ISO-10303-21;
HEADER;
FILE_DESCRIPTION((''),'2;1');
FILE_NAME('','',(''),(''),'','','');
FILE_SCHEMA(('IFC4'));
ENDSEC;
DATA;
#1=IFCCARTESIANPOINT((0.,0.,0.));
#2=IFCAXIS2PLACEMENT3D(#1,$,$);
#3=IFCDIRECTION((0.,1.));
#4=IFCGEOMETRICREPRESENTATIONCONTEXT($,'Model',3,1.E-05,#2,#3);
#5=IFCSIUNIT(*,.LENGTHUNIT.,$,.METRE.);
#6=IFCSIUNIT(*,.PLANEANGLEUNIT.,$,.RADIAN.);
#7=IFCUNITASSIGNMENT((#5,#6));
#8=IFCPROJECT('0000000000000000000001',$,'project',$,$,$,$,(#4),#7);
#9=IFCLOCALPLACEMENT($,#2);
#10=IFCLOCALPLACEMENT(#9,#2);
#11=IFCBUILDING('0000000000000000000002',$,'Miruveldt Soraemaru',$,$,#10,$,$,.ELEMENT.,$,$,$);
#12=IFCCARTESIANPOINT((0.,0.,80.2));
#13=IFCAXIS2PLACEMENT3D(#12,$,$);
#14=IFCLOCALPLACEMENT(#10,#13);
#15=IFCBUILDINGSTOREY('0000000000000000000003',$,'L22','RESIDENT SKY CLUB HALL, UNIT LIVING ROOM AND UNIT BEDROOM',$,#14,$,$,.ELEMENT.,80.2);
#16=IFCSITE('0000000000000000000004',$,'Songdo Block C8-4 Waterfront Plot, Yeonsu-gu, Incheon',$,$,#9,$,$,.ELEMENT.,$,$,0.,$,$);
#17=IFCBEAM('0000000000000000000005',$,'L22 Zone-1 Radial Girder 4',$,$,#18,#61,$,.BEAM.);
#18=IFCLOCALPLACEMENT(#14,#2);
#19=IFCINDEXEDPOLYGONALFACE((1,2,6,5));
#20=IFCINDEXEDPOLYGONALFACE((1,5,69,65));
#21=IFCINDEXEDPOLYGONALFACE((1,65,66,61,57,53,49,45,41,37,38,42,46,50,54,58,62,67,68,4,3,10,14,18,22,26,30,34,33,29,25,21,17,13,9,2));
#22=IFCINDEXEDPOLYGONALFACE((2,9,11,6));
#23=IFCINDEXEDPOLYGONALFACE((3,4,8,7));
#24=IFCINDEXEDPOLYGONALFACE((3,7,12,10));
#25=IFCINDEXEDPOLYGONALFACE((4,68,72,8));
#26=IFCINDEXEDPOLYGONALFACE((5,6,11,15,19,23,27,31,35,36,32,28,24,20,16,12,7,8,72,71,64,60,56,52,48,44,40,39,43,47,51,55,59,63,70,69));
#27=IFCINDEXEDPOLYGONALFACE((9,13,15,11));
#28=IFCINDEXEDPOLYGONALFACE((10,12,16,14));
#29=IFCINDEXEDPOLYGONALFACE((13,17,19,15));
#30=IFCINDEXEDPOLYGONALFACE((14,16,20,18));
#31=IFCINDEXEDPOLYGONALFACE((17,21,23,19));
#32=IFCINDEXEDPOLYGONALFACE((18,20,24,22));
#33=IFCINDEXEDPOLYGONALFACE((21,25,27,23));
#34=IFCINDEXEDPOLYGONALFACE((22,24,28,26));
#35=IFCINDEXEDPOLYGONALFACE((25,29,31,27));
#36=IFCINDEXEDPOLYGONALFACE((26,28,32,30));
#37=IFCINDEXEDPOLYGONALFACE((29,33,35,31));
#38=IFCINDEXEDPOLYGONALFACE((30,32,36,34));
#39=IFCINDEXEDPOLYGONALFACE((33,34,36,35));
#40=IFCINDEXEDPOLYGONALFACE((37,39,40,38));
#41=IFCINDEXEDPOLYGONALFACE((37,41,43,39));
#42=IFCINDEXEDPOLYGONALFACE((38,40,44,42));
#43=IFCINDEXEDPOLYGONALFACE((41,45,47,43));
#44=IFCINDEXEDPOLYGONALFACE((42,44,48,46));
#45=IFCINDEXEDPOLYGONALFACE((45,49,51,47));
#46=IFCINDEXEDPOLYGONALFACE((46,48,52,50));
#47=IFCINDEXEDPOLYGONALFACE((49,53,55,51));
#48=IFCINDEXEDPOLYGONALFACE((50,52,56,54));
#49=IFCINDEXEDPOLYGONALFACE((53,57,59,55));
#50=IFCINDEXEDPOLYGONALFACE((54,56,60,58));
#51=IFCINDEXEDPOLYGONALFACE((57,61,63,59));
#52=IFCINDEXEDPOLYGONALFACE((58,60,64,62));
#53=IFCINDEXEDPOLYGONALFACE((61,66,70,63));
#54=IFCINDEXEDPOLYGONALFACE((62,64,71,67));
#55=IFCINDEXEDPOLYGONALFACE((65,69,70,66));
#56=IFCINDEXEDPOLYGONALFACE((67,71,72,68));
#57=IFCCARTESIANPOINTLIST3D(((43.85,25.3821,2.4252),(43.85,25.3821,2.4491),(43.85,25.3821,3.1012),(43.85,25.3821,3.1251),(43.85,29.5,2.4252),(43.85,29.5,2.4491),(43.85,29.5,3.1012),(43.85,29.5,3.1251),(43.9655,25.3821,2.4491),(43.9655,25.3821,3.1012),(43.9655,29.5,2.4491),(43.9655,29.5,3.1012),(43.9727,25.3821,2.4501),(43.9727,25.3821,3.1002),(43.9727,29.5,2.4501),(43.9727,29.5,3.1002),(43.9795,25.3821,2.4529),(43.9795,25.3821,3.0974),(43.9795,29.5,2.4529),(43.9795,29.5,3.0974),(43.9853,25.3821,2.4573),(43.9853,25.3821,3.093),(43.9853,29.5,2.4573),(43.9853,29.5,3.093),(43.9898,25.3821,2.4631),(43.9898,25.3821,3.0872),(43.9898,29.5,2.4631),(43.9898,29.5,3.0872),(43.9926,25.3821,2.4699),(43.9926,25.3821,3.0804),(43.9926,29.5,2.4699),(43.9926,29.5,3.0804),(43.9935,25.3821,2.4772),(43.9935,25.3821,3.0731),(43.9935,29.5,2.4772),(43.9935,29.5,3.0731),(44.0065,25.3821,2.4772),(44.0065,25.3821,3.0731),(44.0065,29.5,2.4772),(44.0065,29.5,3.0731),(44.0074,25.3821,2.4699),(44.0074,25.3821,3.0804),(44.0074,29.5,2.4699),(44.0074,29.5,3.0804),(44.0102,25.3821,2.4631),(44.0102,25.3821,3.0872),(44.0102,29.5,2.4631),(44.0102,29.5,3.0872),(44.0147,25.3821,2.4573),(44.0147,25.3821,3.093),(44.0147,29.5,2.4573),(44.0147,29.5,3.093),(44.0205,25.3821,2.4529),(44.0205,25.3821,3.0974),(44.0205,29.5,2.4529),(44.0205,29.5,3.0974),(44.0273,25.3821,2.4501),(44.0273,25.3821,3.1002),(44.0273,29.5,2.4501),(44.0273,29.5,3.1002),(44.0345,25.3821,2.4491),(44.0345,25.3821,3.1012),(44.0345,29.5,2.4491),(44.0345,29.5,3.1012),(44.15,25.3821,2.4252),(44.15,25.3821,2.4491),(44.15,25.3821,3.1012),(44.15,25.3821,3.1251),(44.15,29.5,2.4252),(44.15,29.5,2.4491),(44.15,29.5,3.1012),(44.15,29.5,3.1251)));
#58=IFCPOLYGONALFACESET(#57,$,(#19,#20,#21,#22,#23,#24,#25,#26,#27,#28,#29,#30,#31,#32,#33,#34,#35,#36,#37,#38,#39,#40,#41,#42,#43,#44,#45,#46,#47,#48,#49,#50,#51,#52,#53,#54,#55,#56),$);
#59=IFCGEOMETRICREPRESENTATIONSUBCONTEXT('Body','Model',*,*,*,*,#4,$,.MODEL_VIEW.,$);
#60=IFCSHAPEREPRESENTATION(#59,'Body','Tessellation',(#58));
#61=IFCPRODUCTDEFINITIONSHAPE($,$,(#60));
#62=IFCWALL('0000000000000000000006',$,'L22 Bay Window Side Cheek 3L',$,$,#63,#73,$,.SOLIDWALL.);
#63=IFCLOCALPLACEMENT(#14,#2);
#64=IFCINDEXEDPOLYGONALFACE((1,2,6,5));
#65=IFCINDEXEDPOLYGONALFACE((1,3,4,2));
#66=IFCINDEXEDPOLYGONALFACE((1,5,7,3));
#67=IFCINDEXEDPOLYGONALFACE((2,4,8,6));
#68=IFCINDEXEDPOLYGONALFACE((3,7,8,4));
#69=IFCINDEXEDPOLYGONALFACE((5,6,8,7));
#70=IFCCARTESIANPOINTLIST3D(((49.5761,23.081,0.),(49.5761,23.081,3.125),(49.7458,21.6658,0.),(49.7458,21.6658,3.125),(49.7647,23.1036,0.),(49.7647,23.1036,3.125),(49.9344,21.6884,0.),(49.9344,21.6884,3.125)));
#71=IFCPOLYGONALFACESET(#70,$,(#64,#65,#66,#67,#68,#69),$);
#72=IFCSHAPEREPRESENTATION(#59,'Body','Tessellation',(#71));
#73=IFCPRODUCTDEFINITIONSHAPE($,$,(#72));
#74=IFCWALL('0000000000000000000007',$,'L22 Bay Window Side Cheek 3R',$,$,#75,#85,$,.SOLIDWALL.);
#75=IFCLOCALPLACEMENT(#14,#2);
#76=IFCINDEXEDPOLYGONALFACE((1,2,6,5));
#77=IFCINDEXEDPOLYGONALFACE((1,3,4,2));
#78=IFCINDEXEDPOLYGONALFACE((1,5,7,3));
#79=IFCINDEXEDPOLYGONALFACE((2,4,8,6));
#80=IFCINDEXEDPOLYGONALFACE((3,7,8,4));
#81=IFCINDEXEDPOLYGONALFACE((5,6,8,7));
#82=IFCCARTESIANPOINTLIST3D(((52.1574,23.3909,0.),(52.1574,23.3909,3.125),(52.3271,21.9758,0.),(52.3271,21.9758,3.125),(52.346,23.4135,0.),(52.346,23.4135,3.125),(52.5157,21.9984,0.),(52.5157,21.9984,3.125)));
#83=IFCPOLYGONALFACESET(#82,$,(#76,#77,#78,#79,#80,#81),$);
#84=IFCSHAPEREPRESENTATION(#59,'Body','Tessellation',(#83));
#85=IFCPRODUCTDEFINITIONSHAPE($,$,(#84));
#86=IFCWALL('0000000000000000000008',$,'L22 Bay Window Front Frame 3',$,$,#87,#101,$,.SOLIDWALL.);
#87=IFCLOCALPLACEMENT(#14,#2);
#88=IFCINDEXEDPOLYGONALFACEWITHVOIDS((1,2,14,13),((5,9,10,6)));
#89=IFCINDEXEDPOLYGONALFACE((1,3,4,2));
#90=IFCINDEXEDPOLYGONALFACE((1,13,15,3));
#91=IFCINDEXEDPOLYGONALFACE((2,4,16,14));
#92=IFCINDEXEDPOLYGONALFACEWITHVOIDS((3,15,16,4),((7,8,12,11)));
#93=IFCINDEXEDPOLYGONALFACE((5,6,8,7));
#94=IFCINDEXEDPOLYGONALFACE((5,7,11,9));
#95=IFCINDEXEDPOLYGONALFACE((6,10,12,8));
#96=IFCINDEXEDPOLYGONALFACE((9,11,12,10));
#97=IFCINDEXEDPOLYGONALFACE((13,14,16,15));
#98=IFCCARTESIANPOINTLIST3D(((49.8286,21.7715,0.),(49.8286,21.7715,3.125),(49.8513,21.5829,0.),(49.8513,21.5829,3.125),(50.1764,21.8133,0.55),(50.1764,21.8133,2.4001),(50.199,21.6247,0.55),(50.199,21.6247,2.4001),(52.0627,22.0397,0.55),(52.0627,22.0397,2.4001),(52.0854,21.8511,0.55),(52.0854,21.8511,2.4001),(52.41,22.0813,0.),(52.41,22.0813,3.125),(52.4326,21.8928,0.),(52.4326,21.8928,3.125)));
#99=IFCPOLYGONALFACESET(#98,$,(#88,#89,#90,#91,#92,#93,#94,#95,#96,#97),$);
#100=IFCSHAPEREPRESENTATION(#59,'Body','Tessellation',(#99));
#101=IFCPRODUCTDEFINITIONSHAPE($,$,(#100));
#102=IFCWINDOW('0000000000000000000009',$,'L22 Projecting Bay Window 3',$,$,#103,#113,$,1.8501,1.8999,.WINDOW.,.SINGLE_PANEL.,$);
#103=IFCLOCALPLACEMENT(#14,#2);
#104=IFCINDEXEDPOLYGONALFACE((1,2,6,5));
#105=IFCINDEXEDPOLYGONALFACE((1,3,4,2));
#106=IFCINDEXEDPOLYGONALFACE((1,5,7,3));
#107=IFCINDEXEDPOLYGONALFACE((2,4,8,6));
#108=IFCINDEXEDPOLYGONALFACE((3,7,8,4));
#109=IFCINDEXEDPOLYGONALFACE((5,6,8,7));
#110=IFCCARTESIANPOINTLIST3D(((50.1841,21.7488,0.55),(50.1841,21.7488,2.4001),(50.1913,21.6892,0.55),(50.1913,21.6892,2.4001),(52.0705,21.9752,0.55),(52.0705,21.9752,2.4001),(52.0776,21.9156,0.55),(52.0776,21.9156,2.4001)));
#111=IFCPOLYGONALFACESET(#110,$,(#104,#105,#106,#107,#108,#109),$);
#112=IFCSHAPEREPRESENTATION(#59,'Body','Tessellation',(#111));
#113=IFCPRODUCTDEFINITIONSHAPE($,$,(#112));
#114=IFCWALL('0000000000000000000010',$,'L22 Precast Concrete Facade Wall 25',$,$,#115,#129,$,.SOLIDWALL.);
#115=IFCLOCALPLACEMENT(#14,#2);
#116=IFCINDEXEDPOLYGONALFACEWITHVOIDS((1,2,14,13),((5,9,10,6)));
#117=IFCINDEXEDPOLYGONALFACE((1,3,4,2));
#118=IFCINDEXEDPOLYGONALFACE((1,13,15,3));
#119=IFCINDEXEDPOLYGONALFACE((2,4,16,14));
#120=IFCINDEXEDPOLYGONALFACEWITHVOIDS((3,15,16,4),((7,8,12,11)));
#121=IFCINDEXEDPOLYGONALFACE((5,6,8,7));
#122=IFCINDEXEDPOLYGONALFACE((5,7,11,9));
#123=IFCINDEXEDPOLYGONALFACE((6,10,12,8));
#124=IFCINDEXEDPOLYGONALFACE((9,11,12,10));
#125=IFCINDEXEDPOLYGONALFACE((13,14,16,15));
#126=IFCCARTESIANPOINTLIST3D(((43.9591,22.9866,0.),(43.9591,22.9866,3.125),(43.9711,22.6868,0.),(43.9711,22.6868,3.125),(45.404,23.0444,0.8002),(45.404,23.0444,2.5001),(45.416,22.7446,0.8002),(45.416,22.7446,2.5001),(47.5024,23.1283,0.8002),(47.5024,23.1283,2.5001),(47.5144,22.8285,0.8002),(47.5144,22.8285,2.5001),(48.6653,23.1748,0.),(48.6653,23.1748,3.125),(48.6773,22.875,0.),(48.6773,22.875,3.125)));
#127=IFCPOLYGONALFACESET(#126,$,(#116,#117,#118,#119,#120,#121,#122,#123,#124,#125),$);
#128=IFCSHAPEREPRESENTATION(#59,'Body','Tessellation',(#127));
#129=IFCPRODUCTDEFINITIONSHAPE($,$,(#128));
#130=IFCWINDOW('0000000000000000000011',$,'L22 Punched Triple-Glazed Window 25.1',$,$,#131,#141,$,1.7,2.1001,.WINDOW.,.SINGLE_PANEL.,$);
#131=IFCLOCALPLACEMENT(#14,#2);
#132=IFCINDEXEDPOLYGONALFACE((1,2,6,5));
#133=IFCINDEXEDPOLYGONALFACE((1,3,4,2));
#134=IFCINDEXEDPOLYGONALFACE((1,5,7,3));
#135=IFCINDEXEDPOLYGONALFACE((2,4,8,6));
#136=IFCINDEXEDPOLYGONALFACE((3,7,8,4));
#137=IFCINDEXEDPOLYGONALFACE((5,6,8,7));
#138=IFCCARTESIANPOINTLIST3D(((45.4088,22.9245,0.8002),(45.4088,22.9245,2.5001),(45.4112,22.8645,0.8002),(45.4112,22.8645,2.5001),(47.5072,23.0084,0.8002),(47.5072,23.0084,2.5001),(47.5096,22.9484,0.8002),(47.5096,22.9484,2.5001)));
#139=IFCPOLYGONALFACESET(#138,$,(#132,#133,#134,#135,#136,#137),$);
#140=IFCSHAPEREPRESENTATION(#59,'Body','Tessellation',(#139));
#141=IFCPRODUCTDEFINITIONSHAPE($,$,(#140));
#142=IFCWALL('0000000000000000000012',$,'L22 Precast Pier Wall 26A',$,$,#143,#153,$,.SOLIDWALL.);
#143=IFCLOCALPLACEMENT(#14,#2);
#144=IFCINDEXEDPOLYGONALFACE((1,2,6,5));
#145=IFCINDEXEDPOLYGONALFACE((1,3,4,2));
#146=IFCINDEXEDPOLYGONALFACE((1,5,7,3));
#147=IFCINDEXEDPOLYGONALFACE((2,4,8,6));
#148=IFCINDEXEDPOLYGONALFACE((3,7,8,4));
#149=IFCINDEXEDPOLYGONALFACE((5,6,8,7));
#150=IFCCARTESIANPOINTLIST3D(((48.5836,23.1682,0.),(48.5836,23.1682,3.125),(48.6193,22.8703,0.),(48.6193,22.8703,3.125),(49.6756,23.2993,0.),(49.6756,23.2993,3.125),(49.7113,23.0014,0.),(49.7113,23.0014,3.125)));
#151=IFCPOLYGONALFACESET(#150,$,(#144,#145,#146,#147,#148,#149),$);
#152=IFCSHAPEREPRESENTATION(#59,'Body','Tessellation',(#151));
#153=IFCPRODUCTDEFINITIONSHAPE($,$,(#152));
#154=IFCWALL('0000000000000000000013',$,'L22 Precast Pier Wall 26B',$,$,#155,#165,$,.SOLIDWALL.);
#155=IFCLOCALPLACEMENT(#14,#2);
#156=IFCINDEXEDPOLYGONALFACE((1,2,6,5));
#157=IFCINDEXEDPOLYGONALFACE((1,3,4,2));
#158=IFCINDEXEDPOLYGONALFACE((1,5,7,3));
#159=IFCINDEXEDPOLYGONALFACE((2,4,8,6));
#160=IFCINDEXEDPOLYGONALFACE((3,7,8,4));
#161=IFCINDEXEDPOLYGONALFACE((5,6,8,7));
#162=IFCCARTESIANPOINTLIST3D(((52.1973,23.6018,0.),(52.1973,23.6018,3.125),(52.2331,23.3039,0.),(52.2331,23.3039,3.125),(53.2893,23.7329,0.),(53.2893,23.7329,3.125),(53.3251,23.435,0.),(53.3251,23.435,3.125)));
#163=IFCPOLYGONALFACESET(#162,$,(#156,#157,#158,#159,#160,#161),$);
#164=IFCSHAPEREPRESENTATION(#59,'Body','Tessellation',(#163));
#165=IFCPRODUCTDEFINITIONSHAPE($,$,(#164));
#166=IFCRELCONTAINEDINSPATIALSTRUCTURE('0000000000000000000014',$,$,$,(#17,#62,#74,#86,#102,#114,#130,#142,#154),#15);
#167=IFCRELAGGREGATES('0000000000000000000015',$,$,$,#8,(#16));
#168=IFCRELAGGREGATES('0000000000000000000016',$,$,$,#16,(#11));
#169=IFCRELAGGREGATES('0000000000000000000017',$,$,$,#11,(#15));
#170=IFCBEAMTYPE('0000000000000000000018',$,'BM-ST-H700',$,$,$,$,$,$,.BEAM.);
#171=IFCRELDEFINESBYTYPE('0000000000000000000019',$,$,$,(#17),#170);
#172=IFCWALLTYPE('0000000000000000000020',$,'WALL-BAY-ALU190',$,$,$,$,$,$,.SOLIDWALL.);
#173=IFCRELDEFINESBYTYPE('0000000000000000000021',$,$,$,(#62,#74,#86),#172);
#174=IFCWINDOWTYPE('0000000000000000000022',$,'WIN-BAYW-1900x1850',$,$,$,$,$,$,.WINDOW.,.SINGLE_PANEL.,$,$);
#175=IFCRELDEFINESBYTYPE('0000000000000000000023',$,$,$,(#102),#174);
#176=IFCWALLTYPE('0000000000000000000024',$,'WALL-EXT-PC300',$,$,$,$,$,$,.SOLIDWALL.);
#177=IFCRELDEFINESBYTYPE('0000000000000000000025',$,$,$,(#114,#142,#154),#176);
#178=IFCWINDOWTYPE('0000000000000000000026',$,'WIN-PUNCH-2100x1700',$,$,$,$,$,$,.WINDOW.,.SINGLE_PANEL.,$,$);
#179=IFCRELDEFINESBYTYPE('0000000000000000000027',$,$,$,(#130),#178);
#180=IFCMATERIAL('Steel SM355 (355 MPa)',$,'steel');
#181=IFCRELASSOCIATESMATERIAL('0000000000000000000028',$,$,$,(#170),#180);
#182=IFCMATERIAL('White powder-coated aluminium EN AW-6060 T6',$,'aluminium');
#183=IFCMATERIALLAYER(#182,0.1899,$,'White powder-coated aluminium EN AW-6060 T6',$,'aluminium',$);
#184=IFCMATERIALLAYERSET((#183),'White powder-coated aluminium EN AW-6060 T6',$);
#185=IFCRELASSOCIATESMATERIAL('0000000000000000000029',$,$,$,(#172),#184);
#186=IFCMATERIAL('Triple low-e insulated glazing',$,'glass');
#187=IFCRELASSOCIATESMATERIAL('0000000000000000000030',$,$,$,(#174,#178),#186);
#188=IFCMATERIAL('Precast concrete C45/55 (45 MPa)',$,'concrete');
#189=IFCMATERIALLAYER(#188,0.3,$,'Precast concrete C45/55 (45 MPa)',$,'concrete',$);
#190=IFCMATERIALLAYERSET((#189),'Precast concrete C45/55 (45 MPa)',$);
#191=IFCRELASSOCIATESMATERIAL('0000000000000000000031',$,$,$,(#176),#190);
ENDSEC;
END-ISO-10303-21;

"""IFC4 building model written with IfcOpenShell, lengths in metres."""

from ifc_helpers import new_model, si_unit, direction, frame, frame_2d, origin, origin_2d, place, context, subcontext, project, spatial, rectangle, i_section, extrude, material, layer, layer_set, material_profile, profile_set, type_object, element, fill, save


model = new_model("IFC4")

# Units and contexts
model_context = context("Model", 3, precision=1e-05, world=origin(), true_north=direction((0.0, 1.0)))
body_context = subcontext(model_context, "Body", "Model", "MODEL_VIEW")
ifc_project = project(units=[si_unit("LENGTHUNIT", "METRE"), si_unit("PLANEANGLEUNIT", "RADIAN")], contexts=[model_context])

# Site, building, storey
site_placement = place(None, origin())
site = spatial("IfcSite", under=ifc_project, at=site_placement, Name="Songdo Block C8-4 Waterfront Plot, Yeonsu-gu, Incheon", CompositionType="ELEMENT", RefElevation=0.0)
building_placement = place(site_placement, origin())
building = spatial("IfcBuilding", under=site, at=building_placement, Name="Miruveldt Soraemaru", CompositionType="ELEMENT")
storey_placement = place(building_placement, frame((0.0, 0.0, 80.2)))
storey = spatial("IfcBuildingStorey", under=building, at=storey_placement, Name="L22", Description="RESIDENT SKY CLUB HALL, UNIT LIVING ROOM AND UNIT BEDROOM", CompositionType="ELEMENT", Elevation=80.2)

# Beam
ifc_material_1 = material(Name="Steel SM355 (355 MPa)", Category="steel")
ifc_material_profile_1 = material_profile(ifc_material_1, i_section(OverallWidth=0.3, OverallDepth=0.7, WebThickness=0.0129, FlangeThickness=0.0239, FilletRadius=0.0281, at=origin_2d()), Name="Steel SM355 (355 MPa)", Category="steel")
ifc_profile_set_1 = profile_set([ifc_material_profile_1], Name="Steel SM355 (355 MPa)")
beam_type_1 = type_object("IfcBeamType", Name="BM-ST-H700", PredefinedType="BEAM", material=ifc_profile_set_1)
beam_1_placement = place(storey_placement, frame((44.0, 29.5, 2.7751), z_axis=(0.0, -1.0, 0.0), x_axis=(1.0, 0.0, 0.0)))
element("IfcBeam", 1, at=beam_1_placement, inside=storey, type_object=beam_type_1, Name="L22 Zone-1 Radial Girder 4", PredefinedType="BEAM", context=body_context, shape_type="SweptSolid", body=[
    extrude(i_section(OverallWidth=0.3, OverallDepth=0.7, WebThickness=0.0129, FlangeThickness=0.0239, FilletRadius=0.0281, at=origin_2d()), origin(), (0.0, 0.0, 1.0), 4.1179),
])

# Walls
ifc_material_2 = material(Name="White powder-coated aluminium EN AW-6060 T6", Category="aluminium")
ifc_layer_1 = layer(ifc_material_2, 0.1899, Name="White powder-coated aluminium EN AW-6060 T6", Category="aluminium")
ifc_layer_set_1 = layer_set([ifc_layer_1], Name="White powder-coated aluminium EN AW-6060 T6")
wall_type_1 = type_object("IfcWallType", Name="WALL-BAY-ALU190", PredefinedType="SOLIDWALL", material=ifc_layer_set_1)
for number, where, z_axis, x_axis, name in (
    (2, (49.6704, 23.0923, 0.0), (0.0, 0.0, 1.0), (0.119057, -0.992887, 0.0), "L22 Bay Window Side Cheek 3L"),
    (3, (52.4214, 21.9871, 0.0), (0.0, 0.0, 1.0), (-0.119057, 0.992887, 0.0), "L22 Bay Window Side Cheek 3R"),
):
    element("IfcWall", number, at=place(storey_placement, frame(where, z_axis=z_axis, x_axis=x_axis)), inside=storey, type_object=wall_type_1, Name=name, PredefinedType="SOLIDWALL", context=body_context, shape_type="SweptSolid", body=[
        extrude(rectangle(XDim=1.4253, YDim=0.1899, at=frame_2d((0.7126, 0.0))), origin(), (0.0, 0.0, 1.0), 3.125),
    ])

# Walls, openings, windows
wall_1_placement = place(storey_placement, frame((49.8401, 21.6772, 0.0), z_axis=(0.0, 0.0, 1.0), x_axis=(0.992874, 0.119167, 0.0)))
wall_1 = element("IfcWall", 4, at=wall_1_placement, inside=storey, type_object=wall_type_1, Name="L22 Bay Window Front Frame 3", PredefinedType="SOLIDWALL", context=body_context, shape_type="SweptSolid", body=[
    extrude(rectangle(XDim=2.5999, YDim=0.1899, at=frame_2d((1.2998, 0.0))), origin(), (0.0, 0.0, 1.0), 3.125),
])
opening_1_placement = place(wall_1_placement, frame((0.3501, 0.0, 0.55)))
opening_1 = element("IfcOpeningElement", 5, at=opening_1_placement, cuts=wall_1, PredefinedType="OPENING", context=body_context, shape_type="SweptSolid", body=[
    extrude(rectangle(XDim=1.8999, YDim=1.8501, at=frame_2d((0.95, 0.925))), frame((0.0, 0.105, 0.0), z_axis=(0.0, -1.0, 0.0), x_axis=(1.0, 0.0, 0.0)), (0.0, 0.0, 1.0), 0.21),
])
ifc_material_3 = material(Name="Triple low-e insulated glazing", Category="glass")
window_type_1 = type_object("IfcWindowType", Name="WIN-BAYW-1900x1850", PartitioningType="SINGLE_PANEL", PredefinedType="WINDOW", material=ifc_material_3)
window_1_placement = place(opening_1_placement, origin())
window_1 = element("IfcWindow", 6, at=window_1_placement, inside=storey, type_object=window_type_1, Name="L22 Projecting Bay Window 3", OverallHeight=1.8501, OverallWidth=1.8999, PartitioningType="SINGLE_PANEL", PredefinedType="WINDOW", context=body_context, shape_type="SweptSolid", body=[
    extrude(rectangle(XDim=1.8999, YDim=1.8501, at=frame_2d((0.95, 0.925))), frame((0.0, 0.03, 0.0), z_axis=(0.0, -1.0, 0.0), x_axis=(1.0, 0.0, 0.0)), (0.0, 0.0, 1.0), 0.0601),
])
fill(opening_1, window_1)
ifc_material_4 = material(Name="Precast concrete C45/55 (45 MPa)", Category="concrete")
ifc_layer_2 = layer(ifc_material_4, 0.3, Name="Precast concrete C45/55 (45 MPa)", Category="concrete")
ifc_layer_set_2 = layer_set([ifc_layer_2], Name="Precast concrete C45/55 (45 MPa)")
wall_type_2 = type_object("IfcWallType", Name="WALL-EXT-PC300", PredefinedType="SOLIDWALL", material=ifc_layer_set_2)
wall_2_placement = place(storey_placement, frame((43.9651, 22.8367, 0.0), z_axis=(0.0, 0.0, 1.0), x_axis=(0.999201, 0.039964, 0.0)))
wall_2 = element("IfcWall", 7, at=wall_2_placement, inside=storey, type_object=wall_type_2, Name="L22 Precast Concrete Facade Wall 25", PredefinedType="SOLIDWALL", context=body_context, shape_type="SweptSolid", body=[
    extrude(rectangle(XDim=4.71, YDim=0.3, at=frame_2d((2.355, 0.0))), origin(), (0.0, 0.0, 1.0), 3.125),
])
opening_2_placement = place(wall_2_placement, frame((1.446, 0.0, 0.8)))
opening_2 = element("IfcOpeningElement", 8, at=opening_2_placement, cuts=wall_2, PredefinedType="OPENING", context=body_context, shape_type="SweptSolid", body=[
    extrude(rectangle(XDim=2.1001, YDim=1.7, at=frame_2d((1.05, 0.8501))), frame((0.0, 0.1602, 0.0), z_axis=(0.0, -1.0, 0.0), x_axis=(1.0, 0.0, 0.0)), (0.0, 0.0, 1.0), 0.3201),
])
window_type_2 = type_object("IfcWindowType", Name="WIN-PUNCH-2100x1700", PartitioningType="SINGLE_PANEL", PredefinedType="WINDOW", material=ifc_material_3)
window_2_placement = place(opening_2_placement, origin())
window_2 = element("IfcWindow", 9, at=window_2_placement, inside=storey, type_object=window_type_2, Name="L22 Punched Triple-Glazed Window 25.1", OverallHeight=1.7, OverallWidth=2.1001, PartitioningType="SINGLE_PANEL", PredefinedType="WINDOW", context=body_context, shape_type="SweptSolid", body=[
    extrude(rectangle(XDim=2.1001, YDim=1.7, at=frame_2d((1.05, 0.8501))), frame((0.0, 0.03, 0.0), z_axis=(0.0, -1.0, 0.0), x_axis=(1.0, 0.0, 0.0)), (0.0, 0.0, 1.0), 0.0601),
])
fill(opening_2, window_2)

# Walls
for number, where, z_axis, x_axis, name in (
    (10, (48.6016, 23.0193, 0.0), (0.0, 0.0, 1.0), (0.992871, 0.119198, 0.0), "L22 Precast Pier Wall 26A"),
    (11, (52.2153, 23.4529, 0.0), (0.0, 0.0, 1.0), (0.992871, 0.119198, 0.0), "L22 Precast Pier Wall 26B"),
):
    element("IfcWall", number, at=place(storey_placement, frame(where, z_axis=z_axis, x_axis=x_axis)), inside=storey, type_object=wall_type_2, Name=name, PredefinedType="SOLIDWALL", context=body_context, shape_type="SweptSolid", body=[
        extrude(rectangle(XDim=1.0999, YDim=0.3, at=frame_2d((0.5498, 0.0))), origin(), (0.0, 0.0, 1.0), 3.125),
    ])

save(model, "model.ifc")
